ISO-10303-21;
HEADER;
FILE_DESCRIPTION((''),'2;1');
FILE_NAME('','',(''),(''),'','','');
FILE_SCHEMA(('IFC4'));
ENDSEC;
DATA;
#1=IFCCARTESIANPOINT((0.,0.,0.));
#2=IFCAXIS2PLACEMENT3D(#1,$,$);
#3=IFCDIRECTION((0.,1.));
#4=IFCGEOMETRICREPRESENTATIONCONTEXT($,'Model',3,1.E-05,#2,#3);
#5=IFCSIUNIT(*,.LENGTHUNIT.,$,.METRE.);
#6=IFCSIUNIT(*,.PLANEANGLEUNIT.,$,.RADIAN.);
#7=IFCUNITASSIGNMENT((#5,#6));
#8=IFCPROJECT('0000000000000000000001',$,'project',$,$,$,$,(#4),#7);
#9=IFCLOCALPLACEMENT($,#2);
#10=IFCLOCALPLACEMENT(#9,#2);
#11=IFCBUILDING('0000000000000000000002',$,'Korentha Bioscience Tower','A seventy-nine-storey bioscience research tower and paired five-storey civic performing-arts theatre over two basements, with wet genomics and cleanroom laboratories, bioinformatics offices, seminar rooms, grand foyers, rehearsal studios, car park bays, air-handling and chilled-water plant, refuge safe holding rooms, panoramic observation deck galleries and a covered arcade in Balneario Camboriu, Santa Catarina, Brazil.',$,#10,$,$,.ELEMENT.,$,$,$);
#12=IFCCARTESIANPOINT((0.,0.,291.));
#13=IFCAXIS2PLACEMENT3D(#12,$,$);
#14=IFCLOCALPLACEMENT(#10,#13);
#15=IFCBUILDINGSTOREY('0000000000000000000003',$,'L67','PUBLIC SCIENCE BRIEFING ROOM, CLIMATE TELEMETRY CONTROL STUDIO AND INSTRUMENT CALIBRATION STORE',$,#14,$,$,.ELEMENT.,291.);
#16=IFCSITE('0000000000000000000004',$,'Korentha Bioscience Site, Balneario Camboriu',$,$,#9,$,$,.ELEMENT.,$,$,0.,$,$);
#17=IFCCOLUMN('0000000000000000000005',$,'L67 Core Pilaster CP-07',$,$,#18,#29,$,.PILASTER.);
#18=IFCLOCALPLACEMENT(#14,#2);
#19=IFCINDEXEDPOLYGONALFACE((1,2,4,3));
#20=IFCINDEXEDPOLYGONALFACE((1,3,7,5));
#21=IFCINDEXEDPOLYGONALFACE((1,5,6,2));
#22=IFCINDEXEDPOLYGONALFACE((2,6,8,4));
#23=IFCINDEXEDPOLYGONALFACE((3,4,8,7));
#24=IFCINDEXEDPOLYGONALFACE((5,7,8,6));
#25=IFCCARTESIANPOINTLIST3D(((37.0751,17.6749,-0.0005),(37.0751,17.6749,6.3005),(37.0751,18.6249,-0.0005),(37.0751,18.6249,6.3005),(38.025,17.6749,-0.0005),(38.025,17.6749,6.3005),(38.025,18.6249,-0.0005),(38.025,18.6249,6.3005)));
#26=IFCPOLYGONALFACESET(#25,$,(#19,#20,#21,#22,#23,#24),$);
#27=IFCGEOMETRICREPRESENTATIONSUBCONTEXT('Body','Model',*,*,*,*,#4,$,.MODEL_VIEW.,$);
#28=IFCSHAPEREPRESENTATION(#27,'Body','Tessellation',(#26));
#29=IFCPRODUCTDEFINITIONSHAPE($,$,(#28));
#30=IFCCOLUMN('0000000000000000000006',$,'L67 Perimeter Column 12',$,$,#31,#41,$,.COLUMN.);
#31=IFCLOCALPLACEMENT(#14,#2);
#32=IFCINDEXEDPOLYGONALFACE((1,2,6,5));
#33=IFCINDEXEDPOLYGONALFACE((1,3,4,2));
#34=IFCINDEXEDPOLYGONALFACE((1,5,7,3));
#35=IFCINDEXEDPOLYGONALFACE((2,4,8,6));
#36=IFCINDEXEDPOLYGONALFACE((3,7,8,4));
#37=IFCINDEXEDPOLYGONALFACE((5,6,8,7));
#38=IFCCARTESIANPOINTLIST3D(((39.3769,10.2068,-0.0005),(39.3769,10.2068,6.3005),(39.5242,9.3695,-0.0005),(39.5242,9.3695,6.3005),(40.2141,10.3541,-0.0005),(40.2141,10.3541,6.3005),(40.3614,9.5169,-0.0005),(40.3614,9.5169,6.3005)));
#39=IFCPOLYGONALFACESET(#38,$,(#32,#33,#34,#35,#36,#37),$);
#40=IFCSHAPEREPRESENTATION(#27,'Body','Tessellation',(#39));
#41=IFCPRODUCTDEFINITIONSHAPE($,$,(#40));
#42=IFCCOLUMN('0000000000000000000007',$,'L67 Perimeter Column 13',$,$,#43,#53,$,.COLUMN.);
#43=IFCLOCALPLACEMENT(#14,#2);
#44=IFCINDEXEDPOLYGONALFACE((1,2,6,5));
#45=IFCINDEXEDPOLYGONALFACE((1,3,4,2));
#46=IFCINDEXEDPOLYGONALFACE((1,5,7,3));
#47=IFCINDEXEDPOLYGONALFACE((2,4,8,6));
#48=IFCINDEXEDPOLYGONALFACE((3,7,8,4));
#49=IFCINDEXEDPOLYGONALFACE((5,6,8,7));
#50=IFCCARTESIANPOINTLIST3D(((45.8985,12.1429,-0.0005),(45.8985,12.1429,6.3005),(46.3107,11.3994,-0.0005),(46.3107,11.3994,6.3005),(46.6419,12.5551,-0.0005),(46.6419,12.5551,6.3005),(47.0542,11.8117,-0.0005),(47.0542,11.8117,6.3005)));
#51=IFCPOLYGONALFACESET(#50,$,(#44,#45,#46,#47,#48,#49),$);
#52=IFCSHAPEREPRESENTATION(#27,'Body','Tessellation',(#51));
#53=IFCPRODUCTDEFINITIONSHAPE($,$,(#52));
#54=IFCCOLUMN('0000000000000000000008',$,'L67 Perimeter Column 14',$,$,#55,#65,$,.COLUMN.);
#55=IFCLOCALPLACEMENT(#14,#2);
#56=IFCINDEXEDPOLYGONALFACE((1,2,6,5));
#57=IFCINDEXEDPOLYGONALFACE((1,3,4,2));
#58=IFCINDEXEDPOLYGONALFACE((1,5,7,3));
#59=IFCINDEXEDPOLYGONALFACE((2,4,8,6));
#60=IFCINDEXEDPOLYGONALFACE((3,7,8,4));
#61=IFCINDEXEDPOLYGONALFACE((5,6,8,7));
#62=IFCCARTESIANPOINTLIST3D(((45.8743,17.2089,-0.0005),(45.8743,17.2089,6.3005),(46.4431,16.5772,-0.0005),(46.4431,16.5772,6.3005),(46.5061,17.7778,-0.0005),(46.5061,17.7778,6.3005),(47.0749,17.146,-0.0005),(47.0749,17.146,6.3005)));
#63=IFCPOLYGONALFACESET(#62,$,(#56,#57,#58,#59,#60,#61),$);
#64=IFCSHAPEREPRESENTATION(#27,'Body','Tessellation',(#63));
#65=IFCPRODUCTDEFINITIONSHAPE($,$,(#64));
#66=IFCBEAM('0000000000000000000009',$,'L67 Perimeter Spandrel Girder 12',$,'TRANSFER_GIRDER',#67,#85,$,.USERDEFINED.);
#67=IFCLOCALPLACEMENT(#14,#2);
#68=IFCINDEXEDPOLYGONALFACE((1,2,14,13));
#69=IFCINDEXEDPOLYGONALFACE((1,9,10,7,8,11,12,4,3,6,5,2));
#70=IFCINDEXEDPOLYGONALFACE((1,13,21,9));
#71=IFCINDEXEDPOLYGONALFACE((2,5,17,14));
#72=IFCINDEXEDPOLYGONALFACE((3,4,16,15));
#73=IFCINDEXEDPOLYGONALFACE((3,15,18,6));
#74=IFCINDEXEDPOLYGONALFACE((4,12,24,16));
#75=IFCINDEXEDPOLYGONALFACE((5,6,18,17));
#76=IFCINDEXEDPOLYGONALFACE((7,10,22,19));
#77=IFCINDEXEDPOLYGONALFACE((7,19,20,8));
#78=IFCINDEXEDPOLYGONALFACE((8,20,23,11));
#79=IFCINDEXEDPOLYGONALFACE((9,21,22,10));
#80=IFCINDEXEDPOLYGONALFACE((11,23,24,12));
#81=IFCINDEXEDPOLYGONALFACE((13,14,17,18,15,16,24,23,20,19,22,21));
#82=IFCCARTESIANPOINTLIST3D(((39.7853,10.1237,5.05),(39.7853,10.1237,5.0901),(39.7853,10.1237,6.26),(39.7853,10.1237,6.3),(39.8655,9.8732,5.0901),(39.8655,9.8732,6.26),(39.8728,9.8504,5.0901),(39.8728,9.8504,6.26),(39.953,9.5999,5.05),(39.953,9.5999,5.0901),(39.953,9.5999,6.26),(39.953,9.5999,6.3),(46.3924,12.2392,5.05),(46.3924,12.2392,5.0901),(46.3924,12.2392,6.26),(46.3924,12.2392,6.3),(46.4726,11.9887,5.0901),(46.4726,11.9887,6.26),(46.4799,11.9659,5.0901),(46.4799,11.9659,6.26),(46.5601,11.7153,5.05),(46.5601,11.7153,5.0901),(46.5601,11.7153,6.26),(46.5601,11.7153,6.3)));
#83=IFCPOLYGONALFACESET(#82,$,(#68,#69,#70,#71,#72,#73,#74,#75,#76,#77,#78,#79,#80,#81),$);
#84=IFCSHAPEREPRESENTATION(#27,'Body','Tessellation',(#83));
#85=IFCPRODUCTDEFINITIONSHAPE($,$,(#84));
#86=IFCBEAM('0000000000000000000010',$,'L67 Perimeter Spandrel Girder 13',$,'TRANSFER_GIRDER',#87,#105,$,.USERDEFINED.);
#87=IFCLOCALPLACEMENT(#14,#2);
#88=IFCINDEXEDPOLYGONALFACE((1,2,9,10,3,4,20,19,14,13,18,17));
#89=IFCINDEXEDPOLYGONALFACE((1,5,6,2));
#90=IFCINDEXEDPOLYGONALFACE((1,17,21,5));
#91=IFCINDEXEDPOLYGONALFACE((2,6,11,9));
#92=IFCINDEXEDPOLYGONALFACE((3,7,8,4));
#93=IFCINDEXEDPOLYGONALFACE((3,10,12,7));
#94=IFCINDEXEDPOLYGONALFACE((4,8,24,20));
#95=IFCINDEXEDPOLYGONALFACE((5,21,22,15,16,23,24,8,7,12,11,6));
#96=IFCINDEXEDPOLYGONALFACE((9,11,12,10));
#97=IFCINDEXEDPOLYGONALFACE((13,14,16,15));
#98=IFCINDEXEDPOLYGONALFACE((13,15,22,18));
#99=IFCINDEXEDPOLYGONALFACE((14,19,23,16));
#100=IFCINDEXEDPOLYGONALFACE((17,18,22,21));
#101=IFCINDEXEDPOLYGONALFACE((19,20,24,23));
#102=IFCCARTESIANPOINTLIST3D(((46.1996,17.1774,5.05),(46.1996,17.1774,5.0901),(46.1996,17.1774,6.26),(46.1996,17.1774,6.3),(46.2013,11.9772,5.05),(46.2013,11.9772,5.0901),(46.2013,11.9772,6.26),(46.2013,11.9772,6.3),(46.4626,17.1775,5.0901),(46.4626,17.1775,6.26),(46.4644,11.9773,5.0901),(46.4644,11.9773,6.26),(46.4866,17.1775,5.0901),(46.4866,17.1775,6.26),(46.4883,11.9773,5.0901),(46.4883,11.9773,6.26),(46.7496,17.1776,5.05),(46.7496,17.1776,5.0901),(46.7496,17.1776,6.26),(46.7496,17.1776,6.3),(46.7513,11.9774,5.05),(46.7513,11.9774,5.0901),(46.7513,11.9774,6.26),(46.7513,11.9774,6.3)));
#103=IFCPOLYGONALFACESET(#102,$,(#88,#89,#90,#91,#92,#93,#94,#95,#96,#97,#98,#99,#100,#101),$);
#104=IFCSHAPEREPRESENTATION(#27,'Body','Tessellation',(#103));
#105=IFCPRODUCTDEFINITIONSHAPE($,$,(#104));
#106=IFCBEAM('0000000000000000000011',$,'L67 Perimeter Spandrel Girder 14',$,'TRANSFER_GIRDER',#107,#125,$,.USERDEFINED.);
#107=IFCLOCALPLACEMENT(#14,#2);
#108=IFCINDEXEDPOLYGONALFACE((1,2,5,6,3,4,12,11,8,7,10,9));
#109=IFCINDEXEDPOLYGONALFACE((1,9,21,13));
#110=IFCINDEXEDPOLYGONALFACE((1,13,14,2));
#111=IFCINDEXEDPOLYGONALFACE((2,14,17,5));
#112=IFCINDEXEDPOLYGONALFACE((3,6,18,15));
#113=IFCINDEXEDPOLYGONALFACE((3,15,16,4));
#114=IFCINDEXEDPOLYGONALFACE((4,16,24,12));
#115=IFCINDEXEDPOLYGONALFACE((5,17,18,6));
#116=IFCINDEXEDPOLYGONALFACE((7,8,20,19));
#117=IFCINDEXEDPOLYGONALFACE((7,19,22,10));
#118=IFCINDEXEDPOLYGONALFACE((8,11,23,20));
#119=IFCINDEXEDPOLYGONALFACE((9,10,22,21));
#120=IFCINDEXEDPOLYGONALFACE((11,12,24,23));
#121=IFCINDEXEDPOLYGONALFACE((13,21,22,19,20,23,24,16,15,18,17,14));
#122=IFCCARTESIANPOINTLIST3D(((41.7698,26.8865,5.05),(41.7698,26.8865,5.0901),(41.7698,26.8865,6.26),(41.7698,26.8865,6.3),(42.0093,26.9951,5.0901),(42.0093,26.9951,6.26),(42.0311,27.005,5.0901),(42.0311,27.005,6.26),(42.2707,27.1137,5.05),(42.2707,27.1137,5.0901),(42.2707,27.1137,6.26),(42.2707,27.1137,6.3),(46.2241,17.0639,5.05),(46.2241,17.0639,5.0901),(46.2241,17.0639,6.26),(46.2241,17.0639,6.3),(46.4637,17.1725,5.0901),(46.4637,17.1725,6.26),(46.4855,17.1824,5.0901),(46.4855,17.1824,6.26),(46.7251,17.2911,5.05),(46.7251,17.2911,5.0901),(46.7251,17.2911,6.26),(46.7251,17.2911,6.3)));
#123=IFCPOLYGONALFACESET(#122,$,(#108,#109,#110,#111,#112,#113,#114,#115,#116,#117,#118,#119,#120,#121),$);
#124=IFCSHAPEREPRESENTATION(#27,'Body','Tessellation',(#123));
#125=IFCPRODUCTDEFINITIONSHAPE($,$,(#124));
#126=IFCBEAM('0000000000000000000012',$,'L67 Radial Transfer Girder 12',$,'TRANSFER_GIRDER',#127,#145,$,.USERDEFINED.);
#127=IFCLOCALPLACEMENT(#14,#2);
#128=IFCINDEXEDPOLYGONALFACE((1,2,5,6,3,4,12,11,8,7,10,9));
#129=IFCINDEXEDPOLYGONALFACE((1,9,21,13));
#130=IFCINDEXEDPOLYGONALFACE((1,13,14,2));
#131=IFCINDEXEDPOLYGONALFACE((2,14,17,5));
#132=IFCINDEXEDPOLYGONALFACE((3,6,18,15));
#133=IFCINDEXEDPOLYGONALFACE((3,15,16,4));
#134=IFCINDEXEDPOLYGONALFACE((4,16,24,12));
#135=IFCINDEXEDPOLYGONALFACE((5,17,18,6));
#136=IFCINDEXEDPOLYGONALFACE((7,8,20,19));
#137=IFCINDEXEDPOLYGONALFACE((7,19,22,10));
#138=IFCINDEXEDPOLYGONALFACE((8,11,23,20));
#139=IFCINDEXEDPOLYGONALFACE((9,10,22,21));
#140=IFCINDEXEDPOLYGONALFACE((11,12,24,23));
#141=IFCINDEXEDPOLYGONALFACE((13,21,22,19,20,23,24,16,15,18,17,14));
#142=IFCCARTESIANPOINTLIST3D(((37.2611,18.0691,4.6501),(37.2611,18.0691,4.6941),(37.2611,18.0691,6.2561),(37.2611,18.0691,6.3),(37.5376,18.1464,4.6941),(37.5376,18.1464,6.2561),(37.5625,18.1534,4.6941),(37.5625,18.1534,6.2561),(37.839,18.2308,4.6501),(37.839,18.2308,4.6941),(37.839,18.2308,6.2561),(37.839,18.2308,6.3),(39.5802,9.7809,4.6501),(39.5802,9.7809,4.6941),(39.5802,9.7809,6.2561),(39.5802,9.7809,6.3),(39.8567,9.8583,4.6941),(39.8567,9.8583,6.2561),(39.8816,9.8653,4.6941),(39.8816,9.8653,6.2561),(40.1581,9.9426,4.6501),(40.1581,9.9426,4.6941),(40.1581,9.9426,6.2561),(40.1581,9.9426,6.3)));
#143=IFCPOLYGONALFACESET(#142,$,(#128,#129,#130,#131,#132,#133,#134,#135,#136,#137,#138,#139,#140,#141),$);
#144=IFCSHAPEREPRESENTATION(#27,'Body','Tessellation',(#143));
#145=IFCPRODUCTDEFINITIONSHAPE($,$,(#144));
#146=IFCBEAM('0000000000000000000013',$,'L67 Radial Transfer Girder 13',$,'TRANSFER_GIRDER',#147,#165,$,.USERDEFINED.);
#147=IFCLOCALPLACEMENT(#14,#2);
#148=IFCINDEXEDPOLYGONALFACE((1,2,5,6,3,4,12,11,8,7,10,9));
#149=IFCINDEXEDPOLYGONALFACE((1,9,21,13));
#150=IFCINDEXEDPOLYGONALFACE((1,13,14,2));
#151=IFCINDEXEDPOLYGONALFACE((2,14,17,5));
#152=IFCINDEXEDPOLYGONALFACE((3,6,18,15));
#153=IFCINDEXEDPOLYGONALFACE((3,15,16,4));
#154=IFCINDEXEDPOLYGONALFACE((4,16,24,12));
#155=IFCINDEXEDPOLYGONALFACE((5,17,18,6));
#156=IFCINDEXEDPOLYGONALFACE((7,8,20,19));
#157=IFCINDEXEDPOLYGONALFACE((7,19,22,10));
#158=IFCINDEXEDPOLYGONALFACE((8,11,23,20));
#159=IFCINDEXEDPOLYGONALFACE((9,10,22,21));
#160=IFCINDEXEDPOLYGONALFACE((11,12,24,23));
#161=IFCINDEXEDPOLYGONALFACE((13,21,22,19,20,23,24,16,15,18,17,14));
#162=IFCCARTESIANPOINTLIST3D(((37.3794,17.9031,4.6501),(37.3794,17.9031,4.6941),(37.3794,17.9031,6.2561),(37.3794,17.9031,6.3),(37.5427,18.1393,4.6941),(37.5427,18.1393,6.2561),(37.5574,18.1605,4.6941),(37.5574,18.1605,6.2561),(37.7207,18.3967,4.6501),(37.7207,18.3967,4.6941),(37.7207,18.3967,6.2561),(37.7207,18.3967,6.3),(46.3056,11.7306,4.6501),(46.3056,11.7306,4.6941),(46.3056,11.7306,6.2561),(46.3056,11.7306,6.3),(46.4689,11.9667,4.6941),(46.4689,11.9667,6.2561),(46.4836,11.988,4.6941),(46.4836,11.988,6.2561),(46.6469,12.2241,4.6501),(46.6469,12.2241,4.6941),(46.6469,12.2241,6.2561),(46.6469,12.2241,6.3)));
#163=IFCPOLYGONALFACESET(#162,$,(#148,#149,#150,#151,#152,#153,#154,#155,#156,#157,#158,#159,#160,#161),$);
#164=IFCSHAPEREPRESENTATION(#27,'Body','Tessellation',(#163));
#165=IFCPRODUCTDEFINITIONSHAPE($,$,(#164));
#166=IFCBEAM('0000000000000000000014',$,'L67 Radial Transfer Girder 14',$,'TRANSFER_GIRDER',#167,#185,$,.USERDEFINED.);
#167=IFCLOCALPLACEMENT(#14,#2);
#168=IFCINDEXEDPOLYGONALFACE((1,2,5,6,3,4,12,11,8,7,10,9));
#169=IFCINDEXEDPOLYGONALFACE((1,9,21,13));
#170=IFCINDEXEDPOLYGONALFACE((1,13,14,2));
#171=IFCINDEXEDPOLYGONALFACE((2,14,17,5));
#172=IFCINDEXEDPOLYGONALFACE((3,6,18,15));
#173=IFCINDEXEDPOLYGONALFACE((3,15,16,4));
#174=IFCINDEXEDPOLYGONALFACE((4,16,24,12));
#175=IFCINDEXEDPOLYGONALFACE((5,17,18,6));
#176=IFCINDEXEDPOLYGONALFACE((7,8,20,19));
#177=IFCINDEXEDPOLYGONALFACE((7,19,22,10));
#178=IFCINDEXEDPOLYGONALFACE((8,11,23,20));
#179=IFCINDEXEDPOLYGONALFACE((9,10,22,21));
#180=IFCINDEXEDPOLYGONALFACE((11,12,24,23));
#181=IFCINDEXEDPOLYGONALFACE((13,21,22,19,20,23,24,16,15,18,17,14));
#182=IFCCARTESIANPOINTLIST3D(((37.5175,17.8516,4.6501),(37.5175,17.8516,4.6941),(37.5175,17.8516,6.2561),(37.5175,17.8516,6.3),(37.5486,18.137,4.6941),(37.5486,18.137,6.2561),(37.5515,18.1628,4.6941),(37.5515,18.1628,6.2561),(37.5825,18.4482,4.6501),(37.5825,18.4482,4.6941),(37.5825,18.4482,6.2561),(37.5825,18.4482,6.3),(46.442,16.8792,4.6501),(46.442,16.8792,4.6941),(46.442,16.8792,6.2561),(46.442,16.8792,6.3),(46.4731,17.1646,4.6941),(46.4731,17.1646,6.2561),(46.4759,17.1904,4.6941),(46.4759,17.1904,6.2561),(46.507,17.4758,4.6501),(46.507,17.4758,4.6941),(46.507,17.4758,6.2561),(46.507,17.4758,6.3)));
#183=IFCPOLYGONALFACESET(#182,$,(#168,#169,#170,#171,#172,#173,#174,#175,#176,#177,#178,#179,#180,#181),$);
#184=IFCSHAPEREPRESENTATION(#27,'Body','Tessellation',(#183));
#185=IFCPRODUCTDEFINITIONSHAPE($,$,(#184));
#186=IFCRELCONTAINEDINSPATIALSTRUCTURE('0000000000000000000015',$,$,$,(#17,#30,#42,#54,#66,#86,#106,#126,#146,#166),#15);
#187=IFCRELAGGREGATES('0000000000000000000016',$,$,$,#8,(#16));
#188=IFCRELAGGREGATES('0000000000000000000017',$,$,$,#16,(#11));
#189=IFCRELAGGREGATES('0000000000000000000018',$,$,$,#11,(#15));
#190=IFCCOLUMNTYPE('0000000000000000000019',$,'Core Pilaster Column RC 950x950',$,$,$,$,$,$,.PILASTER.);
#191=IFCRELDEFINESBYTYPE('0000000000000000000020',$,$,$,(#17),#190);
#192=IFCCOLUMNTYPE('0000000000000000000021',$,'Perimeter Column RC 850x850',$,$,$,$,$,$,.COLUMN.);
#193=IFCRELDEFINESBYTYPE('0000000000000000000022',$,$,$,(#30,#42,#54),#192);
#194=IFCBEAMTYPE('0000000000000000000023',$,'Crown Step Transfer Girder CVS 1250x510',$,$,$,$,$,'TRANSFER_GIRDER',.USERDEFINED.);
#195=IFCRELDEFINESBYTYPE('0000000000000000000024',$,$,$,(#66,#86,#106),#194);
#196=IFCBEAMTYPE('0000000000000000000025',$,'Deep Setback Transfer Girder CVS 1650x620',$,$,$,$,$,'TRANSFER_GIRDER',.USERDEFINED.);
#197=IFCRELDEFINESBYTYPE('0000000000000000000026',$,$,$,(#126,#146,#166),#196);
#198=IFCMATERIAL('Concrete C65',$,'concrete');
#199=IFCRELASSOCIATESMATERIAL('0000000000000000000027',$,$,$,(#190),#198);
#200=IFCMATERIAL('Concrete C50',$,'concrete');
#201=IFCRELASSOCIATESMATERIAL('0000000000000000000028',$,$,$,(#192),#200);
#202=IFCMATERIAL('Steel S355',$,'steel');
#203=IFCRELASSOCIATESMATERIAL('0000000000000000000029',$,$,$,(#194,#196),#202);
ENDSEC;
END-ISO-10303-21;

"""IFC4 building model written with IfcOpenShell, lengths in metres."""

from ifc_helpers import new_model, si_unit, direction, frame, origin, origin_2d, place, context, subcontext, project, spatial, rectangle, i_section, extrude, material, material_profile, profile_set, type_object, element, save


model = new_model("IFC4")

# Units and contexts
model_context = context("Model", 3, precision=1e-05, world=origin(), true_north=direction((0.0, 1.0)))
body_context = subcontext(model_context, "Body", "Model", "MODEL_VIEW")
ifc_project = project(units=[si_unit("LENGTHUNIT", "METRE"), si_unit("PLANEANGLEUNIT", "RADIAN")], contexts=[model_context])

# Site, building, storey
site_placement = place(None, origin())
site = spatial("IfcSite", under=ifc_project, at=site_placement, Name="Korentha Bioscience Site, Balneario Camboriu", CompositionType="ELEMENT", RefElevation=0.0)
building_placement = place(site_placement, origin())
building = spatial("IfcBuilding", under=site, at=building_placement, Name="Korentha Bioscience Tower", Description="A seventy-nine-storey bioscience research tower and paired five-storey civic performing-arts theatre over two basements, with wet genomics and cleanroom laboratories, bioinformatics offices, seminar rooms, grand foyers, rehearsal studios, car park bays, air-handling and chilled-water plant, refuge safe holding rooms, panoramic observation deck galleries and a covered arcade in Balneario Camboriu, Santa Catarina, Brazil.", CompositionType="ELEMENT")
storey_placement = place(building_placement, frame((0.0, 0.0, 291.0)))
storey = spatial("IfcBuildingStorey", under=building, at=storey_placement, Name="L67", Description="PUBLIC SCIENCE BRIEFING ROOM, CLIMATE TELEMETRY CONTROL STUDIO AND INSTRUMENT CALIBRATION STORE", CompositionType="ELEMENT", Elevation=291.0)

# Columns
ifc_material_1 = material(Name="Concrete C65", Category="concrete")
ifc_material_profile_1 = material_profile(ifc_material_1, rectangle(XDim=0.95, YDim=0.95, at=origin_2d()), Name="Concrete C65")
ifc_profile_set_1 = profile_set([ifc_material_profile_1], Name="Concrete C65 (COL-CP09)")
column_type_1 = type_object("IfcColumnType", Name="Core Pilaster Column RC 950x950", PredefinedType="PILASTER", material=ifc_profile_set_1)
column_placement = place(storey_placement, frame((37.55, 18.1499, -0.0005), z_axis=(0.0, 0.0, 1.0), x_axis=(1.0, 0.0, 0.0)))
element("IfcColumn", 1, at=column_placement, inside=storey, type_object=column_type_1, Name="L67 Core Pilaster CP-07", PredefinedType="PILASTER", context=body_context, shape_type="SweptSolid", body=[
    extrude(rectangle(XDim=0.95, YDim=0.95, at=origin_2d()), origin(), (0.0, 0.0, 1.0), 6.301),
])
ifc_material_2 = material(Name="Concrete C50", Category="concrete")
ifc_material_profile_2 = material_profile(ifc_material_2, rectangle(XDim=0.8501, YDim=0.8501, at=origin_2d()), Name="Concrete C50")
ifc_profile_set_2 = profile_set([ifc_material_profile_2], Name="Concrete C50 (COL-P08)")
column_type_2 = type_object("IfcColumnType", Name="Perimeter Column RC 850x850", PredefinedType="COLUMN", material=ifc_profile_set_2)
for number, where, z_axis, x_axis, name in (
    (2, (39.8691, 9.8618, -0.0005), (0.0, 0.0, 1.0), (0.984868, 0.173304, 0.0), "L67 Perimeter Column 12"),
    (3, (46.4763, 11.9773, -0.0005), (0.0, 0.0, 1.0), (0.874535, 0.484962, 0.0), "L67 Perimeter Column 13"),
    (4, (46.4746, 17.1775, -0.0005), (0.0, 0.0, 1.0), (-0.669131, 0.743145, 0.0), "L67 Perimeter Column 14"),
):
    element("IfcColumn", number, at=place(storey_placement, frame(where, z_axis=z_axis, x_axis=x_axis)), inside=storey, type_object=column_type_2, Name=name, PredefinedType="COLUMN", context=body_context, shape_type="SweptSolid", body=[
        extrude(rectangle(XDim=0.8501, YDim=0.8501, at=origin_2d()), origin(), (0.0, 0.0, 1.0), 6.301),
    ])

# Beams
ifc_material_3 = material(Name="Steel S355", Category="steel")
ifc_material_profile_3 = material_profile(ifc_material_3, i_section(OverallWidth=0.55, OverallDepth=1.25, WebThickness=0.0239, FlangeThickness=0.04, at=origin_2d()), Name="Steel S355")
ifc_profile_set_3 = profile_set([ifc_material_profile_3], Name="Steel S355 (TG-03)")
beam_type_1 = type_object("IfcBeamType", Name="Crown Step Transfer Girder CVS 1250x510", ElementType="TRANSFER_GIRDER", PredefinedType="USERDEFINED", material=ifc_profile_set_3)
beam_1_placement = place(storey_placement, frame((39.8691, 9.8618, 5.675), z_axis=(0.952375, 0.30493, 0.0), x_axis=(-0.30493, 0.952375, 0.0)))
element("IfcBeam", 5, at=beam_1_placement, inside=storey, type_object=beam_type_1, Name="L67 Perimeter Spandrel Girder 12", ObjectType="TRANSFER_GIRDER", PredefinedType="USERDEFINED", context=body_context, shape_type="SweptSolid", body=[
    extrude(i_section(OverallWidth=0.55, OverallDepth=1.25, WebThickness=0.0239, FlangeThickness=0.04, at=origin_2d()), origin(), (0.0, 0.0, 1.0), 6.9375),
])
beam_2_placement = place(storey_placement, frame((46.4763, 11.9773, 5.675), z_axis=(-0.000329, 1.0, 0.0), x_axis=(-1.0, -0.000329, 0.0)))
element("IfcBeam", 6, at=beam_2_placement, inside=storey, type_object=beam_type_1, Name="L67 Perimeter Spandrel Girder 13", ObjectType="TRANSFER_GIRDER", PredefinedType="USERDEFINED", context=body_context, shape_type="SweptSolid", body=[
    extrude(i_section(OverallWidth=0.55, OverallDepth=1.25, WebThickness=0.0239, FlangeThickness=0.04, at=origin_2d()), origin(), (0.0, 0.0, 1.0), 5.2002),
])
beam_3_placement = place(storey_placement, frame((46.4746, 17.1775, 5.675), z_axis=(-0.413001, 0.91073, 0.0), x_axis=(-0.91073, -0.413001, 0.0)))
element("IfcBeam", 7, at=beam_3_placement, inside=storey, type_object=beam_type_1, Name="L67 Perimeter Spandrel Girder 14", ObjectType="TRANSFER_GIRDER", PredefinedType="USERDEFINED", context=body_context, shape_type="SweptSolid", body=[
    extrude(i_section(OverallWidth=0.55, OverallDepth=1.25, WebThickness=0.0239, FlangeThickness=0.04, at=origin_2d()), origin(), (0.0, 0.0, 1.0), 10.7854),
])
ifc_material_profile_4 = material_profile(ifc_material_3, i_section(OverallWidth=0.6001, OverallDepth=1.6499, WebThickness=0.0259, FlangeThickness=0.0439, at=origin_2d()), Name="Steel S355")
ifc_profile_set_4 = profile_set([ifc_material_profile_4], Name="Steel S355 (TG-04)")
beam_type_2 = type_object("IfcBeamType", Name="Deep Setback Transfer Girder CVS 1650x620", ElementType="TRANSFER_GIRDER", PredefinedType="USERDEFINED", material=ifc_profile_set_4)
beam_4_placement = place(storey_placement, frame((37.55, 18.1499, 5.4751), z_axis=(0.269461, -0.963011, 0.0), x_axis=(0.963011, 0.269461, 0.0)))
element("IfcBeam", 8, at=beam_4_placement, inside=storey, type_object=beam_type_2, Name="L67 Radial Transfer Girder 12", ObjectType="TRANSFER_GIRDER", PredefinedType="USERDEFINED", context=body_context, shape_type="SweptSolid", body=[
    extrude(i_section(OverallWidth=0.6001, OverallDepth=1.6499, WebThickness=0.0259, FlangeThickness=0.0439, at=origin_2d()), origin(), (0.0, 0.0, 1.0), 8.6064),
])
beam_5_placement = place(storey_placement, frame((37.55, 18.1499, 5.4751), z_axis=(0.822499, -0.568767, 0.0), x_axis=(0.568767, 0.822499, 0.0)))
element("IfcBeam", 9, at=beam_5_placement, inside=storey, type_object=beam_type_2, Name="L67 Radial Transfer Girder 13", ObjectType="TRANSFER_GIRDER", PredefinedType="USERDEFINED", context=body_context, shape_type="SweptSolid", body=[
    extrude(i_section(OverallWidth=0.6001, OverallDepth=1.6499, WebThickness=0.0259, FlangeThickness=0.0439, at=origin_2d()), origin(), (0.0, 0.0, 1.0), 10.8525),
])
beam_6_placement = place(storey_placement, frame((37.55, 18.1499, 5.4751), z_axis=(0.994116, -0.108318, 0.0), x_axis=(0.108318, 0.994116, 0.0)))
element("IfcBeam", 10, at=beam_6_placement, inside=storey, type_object=beam_type_2, Name="L67 Radial Transfer Girder 14", ObjectType="TRANSFER_GIRDER", PredefinedType="USERDEFINED", context=body_context, shape_type="SweptSolid", body=[
    extrude(i_section(OverallWidth=0.6001, OverallDepth=1.6499, WebThickness=0.0259, FlangeThickness=0.0439, at=origin_2d()), origin(), (0.0, 0.0, 1.0), 8.9773),
])

save(model, "model.ifc")
